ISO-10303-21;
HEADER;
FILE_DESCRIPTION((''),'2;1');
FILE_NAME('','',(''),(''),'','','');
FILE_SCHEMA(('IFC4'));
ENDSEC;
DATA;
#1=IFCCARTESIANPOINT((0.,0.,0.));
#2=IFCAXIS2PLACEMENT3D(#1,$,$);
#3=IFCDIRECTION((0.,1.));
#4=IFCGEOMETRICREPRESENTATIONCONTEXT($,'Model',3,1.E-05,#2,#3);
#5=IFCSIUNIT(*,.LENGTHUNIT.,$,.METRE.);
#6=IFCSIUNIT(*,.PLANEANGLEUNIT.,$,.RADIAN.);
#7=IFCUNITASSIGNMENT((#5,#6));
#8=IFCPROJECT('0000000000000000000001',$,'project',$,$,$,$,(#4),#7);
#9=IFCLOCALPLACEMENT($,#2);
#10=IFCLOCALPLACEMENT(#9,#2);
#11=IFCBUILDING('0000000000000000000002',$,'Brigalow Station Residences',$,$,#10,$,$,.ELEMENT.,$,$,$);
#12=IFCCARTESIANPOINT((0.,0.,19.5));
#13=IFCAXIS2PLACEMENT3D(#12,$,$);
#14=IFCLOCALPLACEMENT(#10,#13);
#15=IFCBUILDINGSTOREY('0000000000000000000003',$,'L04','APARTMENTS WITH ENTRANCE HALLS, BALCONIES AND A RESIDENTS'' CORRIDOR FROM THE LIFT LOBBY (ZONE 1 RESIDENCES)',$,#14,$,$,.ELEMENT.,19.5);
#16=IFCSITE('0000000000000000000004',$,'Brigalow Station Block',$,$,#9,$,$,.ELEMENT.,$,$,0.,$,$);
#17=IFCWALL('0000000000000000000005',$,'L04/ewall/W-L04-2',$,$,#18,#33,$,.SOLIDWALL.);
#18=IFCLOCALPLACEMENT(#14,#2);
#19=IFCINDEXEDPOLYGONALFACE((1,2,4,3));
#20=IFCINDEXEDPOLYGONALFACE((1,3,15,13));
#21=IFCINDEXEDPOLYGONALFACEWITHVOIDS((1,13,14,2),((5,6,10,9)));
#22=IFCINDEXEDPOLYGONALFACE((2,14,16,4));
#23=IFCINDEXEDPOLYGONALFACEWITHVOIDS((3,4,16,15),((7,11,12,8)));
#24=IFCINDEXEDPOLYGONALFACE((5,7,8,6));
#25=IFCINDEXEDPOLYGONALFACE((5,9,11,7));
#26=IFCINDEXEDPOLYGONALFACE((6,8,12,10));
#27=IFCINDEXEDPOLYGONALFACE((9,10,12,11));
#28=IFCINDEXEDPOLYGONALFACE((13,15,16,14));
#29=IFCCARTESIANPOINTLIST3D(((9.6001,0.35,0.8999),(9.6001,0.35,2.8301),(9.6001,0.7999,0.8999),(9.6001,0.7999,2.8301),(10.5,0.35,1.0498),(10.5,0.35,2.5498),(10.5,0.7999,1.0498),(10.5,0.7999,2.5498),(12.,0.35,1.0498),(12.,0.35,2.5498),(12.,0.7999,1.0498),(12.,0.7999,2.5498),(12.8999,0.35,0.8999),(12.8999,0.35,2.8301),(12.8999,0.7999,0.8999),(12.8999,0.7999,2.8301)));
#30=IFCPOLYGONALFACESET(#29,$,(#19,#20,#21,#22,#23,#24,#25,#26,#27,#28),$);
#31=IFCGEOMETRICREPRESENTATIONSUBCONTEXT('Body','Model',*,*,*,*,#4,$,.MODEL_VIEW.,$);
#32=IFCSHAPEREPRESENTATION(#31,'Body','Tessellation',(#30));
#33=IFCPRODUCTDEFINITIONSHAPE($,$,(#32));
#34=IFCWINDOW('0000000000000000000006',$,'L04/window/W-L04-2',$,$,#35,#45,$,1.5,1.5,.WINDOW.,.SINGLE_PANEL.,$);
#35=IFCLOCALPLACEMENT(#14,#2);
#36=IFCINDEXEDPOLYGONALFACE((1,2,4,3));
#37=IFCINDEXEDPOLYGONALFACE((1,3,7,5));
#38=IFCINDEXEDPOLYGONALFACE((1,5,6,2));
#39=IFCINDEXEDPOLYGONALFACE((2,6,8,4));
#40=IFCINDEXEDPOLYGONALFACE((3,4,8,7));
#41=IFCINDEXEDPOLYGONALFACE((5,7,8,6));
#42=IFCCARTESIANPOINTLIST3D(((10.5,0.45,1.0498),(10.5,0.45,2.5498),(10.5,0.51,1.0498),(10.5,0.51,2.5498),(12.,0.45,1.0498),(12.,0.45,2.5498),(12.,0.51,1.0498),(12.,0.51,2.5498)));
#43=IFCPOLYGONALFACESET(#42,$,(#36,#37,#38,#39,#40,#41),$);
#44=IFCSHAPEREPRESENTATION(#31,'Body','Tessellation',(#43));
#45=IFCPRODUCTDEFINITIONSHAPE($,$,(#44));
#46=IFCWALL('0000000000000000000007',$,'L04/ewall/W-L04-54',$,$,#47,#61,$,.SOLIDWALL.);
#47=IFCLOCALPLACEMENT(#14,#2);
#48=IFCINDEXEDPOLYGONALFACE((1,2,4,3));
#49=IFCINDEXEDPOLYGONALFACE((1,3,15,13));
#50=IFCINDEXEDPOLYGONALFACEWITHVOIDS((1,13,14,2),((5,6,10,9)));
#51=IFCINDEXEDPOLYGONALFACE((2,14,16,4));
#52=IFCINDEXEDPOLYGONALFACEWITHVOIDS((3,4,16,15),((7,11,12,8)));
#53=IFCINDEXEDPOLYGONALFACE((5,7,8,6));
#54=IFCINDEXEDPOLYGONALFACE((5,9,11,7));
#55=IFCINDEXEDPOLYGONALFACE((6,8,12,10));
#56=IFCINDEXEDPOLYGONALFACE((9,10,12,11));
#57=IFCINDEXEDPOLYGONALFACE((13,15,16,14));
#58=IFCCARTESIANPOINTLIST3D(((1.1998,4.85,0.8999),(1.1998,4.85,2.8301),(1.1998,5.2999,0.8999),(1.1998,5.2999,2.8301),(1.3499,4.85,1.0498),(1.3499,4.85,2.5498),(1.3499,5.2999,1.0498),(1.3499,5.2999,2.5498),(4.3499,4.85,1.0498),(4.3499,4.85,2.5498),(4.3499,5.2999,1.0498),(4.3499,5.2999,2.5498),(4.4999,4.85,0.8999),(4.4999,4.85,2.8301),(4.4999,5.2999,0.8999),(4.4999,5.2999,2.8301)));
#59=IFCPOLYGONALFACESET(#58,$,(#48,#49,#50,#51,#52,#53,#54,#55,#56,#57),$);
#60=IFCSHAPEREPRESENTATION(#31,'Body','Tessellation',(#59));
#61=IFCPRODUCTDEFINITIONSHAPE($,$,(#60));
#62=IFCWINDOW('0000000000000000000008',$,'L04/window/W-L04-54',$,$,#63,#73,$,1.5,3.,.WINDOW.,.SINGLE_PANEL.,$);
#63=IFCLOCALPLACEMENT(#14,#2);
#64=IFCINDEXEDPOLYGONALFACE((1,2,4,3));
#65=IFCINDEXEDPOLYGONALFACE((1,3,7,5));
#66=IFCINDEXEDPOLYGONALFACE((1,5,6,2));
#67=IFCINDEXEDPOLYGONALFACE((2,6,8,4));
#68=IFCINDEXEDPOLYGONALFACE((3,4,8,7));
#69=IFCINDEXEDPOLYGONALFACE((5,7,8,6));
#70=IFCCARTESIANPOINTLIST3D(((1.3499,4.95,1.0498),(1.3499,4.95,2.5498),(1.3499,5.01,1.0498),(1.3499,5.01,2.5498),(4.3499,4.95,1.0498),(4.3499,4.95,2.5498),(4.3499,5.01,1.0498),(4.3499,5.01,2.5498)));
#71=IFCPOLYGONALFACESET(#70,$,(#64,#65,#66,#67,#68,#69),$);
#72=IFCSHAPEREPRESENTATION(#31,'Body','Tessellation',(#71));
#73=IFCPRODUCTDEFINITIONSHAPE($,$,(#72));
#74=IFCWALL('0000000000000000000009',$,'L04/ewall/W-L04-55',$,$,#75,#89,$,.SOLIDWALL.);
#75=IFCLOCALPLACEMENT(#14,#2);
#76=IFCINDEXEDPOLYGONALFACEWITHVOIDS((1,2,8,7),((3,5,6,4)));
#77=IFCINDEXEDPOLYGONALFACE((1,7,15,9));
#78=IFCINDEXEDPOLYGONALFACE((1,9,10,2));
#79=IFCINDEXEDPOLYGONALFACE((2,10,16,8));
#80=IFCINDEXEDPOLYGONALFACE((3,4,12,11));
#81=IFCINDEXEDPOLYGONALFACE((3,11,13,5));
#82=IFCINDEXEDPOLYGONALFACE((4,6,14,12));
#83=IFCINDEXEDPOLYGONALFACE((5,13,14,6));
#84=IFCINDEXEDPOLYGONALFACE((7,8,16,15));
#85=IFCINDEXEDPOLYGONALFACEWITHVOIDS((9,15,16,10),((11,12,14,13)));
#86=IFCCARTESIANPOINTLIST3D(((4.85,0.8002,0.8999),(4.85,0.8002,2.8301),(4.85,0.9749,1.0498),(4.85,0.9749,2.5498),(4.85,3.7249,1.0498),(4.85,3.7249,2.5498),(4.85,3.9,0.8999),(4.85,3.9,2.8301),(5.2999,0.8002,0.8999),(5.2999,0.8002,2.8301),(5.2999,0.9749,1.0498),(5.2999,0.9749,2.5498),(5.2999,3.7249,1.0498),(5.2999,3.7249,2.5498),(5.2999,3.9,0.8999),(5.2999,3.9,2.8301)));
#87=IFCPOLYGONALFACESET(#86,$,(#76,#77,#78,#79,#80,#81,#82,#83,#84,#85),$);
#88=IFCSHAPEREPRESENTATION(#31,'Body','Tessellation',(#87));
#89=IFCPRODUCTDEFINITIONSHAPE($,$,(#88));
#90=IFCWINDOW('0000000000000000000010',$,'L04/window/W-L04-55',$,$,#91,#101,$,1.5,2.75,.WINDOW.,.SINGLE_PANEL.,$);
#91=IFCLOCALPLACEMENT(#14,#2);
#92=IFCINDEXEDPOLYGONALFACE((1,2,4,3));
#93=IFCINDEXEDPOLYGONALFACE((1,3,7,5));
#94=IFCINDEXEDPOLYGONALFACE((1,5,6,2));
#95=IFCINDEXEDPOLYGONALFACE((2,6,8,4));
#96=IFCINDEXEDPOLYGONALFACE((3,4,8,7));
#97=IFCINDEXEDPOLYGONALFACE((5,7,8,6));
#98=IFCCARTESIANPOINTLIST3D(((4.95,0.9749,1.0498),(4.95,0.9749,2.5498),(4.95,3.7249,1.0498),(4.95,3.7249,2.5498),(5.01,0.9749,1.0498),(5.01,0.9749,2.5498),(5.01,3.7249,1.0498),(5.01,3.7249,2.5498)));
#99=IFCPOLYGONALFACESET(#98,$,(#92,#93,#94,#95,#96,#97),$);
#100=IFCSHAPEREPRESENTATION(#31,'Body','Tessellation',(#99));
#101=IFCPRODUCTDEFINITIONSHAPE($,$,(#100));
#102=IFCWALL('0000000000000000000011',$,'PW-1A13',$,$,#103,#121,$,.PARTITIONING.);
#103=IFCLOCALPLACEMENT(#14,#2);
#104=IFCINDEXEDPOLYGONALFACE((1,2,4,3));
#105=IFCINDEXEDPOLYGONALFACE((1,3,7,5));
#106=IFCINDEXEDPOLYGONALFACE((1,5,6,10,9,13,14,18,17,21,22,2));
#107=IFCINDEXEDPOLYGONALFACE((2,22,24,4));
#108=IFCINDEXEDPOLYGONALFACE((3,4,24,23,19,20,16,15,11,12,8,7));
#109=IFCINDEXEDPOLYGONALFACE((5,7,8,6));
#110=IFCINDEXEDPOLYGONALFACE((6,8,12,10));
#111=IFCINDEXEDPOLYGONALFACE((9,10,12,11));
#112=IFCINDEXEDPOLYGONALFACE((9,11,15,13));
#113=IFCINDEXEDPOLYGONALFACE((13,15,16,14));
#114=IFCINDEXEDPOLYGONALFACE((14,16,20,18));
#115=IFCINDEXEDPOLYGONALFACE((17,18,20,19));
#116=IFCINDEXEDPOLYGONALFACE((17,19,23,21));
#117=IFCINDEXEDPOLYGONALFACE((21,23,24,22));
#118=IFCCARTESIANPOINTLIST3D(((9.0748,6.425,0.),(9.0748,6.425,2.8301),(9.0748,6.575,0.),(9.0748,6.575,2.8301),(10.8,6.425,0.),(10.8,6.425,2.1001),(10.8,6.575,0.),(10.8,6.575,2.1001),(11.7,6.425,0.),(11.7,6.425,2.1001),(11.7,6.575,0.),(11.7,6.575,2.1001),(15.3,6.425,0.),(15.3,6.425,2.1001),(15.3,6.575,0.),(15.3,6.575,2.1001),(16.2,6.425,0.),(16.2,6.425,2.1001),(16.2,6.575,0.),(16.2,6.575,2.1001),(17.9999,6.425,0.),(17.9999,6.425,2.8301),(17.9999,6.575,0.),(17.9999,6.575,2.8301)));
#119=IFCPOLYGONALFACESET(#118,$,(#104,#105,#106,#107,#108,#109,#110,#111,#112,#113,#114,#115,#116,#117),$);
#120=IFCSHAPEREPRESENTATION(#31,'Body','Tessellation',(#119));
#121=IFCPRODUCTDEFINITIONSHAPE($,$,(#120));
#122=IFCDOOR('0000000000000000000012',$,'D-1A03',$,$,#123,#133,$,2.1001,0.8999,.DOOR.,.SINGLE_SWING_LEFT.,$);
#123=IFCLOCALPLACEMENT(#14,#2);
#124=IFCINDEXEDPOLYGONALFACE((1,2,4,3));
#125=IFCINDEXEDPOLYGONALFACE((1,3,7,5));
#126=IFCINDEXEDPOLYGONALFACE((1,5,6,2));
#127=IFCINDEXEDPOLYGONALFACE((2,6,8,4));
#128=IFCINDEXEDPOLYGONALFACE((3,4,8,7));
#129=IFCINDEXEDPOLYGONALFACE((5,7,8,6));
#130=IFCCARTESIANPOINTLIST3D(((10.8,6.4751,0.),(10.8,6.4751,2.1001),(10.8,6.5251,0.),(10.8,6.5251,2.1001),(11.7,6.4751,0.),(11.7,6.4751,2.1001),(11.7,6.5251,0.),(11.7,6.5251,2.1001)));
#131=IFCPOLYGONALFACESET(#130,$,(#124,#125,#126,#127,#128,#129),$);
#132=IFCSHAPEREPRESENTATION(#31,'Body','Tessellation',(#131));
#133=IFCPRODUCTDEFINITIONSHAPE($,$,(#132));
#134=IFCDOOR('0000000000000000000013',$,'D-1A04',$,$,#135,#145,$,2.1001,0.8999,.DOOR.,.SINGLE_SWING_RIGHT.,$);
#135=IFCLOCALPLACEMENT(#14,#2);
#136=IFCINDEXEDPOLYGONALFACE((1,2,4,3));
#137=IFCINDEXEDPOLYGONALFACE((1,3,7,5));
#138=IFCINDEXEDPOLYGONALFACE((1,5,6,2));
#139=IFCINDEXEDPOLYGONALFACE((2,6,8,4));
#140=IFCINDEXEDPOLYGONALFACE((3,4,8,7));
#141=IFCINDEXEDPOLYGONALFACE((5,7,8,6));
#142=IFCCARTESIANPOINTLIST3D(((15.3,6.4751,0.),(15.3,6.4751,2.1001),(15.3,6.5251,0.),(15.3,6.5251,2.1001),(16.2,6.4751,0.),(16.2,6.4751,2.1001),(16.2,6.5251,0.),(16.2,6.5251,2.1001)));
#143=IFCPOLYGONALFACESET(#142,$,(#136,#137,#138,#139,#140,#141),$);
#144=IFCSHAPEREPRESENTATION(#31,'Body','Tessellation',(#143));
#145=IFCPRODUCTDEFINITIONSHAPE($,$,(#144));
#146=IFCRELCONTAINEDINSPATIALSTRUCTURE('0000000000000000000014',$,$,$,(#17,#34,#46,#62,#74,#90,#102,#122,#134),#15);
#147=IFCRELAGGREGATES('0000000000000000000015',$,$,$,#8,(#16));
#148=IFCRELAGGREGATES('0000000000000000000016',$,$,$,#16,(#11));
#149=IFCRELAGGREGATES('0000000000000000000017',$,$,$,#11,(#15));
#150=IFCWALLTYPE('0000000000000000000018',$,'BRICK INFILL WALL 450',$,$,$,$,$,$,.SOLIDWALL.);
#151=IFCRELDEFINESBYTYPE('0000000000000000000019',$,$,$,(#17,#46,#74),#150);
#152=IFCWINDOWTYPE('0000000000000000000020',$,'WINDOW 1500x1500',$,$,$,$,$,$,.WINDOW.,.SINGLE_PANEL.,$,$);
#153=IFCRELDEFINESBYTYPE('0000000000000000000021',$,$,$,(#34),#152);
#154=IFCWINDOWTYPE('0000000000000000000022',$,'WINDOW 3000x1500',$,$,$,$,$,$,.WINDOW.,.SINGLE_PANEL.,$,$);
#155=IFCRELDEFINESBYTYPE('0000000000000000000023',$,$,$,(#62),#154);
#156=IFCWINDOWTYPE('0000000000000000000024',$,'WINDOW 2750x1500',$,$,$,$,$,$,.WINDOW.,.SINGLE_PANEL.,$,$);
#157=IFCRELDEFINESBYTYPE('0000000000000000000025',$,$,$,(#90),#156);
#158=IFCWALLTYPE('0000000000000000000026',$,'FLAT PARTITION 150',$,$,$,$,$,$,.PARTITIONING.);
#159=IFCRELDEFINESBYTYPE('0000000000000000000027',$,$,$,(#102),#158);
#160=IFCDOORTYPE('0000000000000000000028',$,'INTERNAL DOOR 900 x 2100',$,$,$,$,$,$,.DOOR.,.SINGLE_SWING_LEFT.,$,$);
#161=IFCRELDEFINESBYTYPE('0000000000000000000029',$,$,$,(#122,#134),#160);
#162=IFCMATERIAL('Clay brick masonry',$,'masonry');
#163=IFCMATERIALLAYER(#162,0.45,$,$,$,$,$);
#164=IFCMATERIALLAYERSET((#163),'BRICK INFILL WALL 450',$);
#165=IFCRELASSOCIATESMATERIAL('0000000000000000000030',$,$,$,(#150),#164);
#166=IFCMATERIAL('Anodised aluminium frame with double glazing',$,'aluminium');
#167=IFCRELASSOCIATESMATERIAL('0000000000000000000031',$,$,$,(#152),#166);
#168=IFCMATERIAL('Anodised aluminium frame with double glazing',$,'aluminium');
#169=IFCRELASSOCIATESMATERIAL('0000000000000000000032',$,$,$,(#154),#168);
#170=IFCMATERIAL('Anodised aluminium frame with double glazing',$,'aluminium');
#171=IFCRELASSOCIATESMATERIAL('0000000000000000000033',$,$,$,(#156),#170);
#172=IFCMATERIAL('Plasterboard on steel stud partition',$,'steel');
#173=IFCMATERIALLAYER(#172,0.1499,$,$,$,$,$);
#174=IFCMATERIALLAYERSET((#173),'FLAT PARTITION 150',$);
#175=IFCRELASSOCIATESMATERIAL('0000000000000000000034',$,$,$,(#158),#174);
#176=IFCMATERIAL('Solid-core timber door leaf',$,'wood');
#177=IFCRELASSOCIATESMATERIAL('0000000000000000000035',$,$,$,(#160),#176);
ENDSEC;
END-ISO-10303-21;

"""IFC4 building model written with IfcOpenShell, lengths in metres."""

from ifc_helpers import new_model, si_unit, direction, frame, frame_2d, origin, place, context, subcontext, project, spatial, rectangle, extrude, material, layer, layer_set, type_object, element, fill, save


model = new_model("IFC4")

# Units and contexts
model_context = context("Model", 3, precision=1e-05, world=origin(), true_north=direction((0.0, 1.0)))
body_context = subcontext(model_context, "Body", "Model", "MODEL_VIEW")
ifc_project = project(units=[si_unit("LENGTHUNIT", "METRE"), si_unit("PLANEANGLEUNIT", "RADIAN")], contexts=[model_context])

# Site, building, storey
site_placement = place(None, origin())
site = spatial("IfcSite", under=ifc_project, at=site_placement, Name="Brigalow Station Block", CompositionType="ELEMENT", RefElevation=0.0)
building_placement = place(site_placement, origin())
building = spatial("IfcBuilding", under=site, at=building_placement, Name="Brigalow Station Residences", CompositionType="ELEMENT")
storey_placement = place(building_placement, frame((0.0, 0.0, 19.5)))
storey = spatial("IfcBuildingStorey", under=building, at=storey_placement, Name="L04", Description="APARTMENTS WITH ENTRANCE HALLS, BALCONIES AND A RESIDENTS' CORRIDOR FROM THE LIFT LOBBY (ZONE 1 RESIDENCES)", CompositionType="ELEMENT", Elevation=19.5)

# Walls, openings, windows
ifc_material_1 = material(Name="Clay brick masonry", Category="masonry")
ifc_layer_1 = layer(ifc_material_1, 0.45)
ifc_layer_set_1 = layer_set([ifc_layer_1], Name="BRICK INFILL WALL 450")
wall_type_1 = type_object("IfcWallType", Name="BRICK INFILL WALL 450", PredefinedType="SOLIDWALL", material=ifc_layer_set_1)
ifc_material_2 = material(Name="Anodised aluminium frame with double glazing", Category="aluminium")
window_type_1 = type_object("IfcWindowType", Name="WINDOW 1500x1500", PartitioningType="SINGLE_PANEL", PredefinedType="WINDOW", material=ifc_material_2)
wall_1_placement = place(storey_placement, frame((9.6001, 0.575, 0.8999), z_axis=(0.0, 0.0, 1.0), x_axis=(1.0, 0.0, 0.0)))
wall_1 = element("IfcWall", 1, at=wall_1_placement, inside=storey, type_object=wall_type_1, Name="L04/ewall/W-L04-2", PredefinedType="SOLIDWALL", context=body_context, shape_type="SweptSolid", body=[
    extrude(rectangle(XDim=3.2998, YDim=0.45, at=frame_2d((1.6499, 0.0))), origin(), (0.0, 0.0, 1.0), 1.9302),
])
opening_1_placement = place(wall_1_placement, frame((0.8999, 0.0, 0.1499)))
opening_1 = element("IfcOpeningElement", 2, at=opening_1_placement, cuts=wall_1, PredefinedType="OPENING", context=body_context, shape_type="SweptSolid", body=[
    extrude(rectangle(XDim=1.5, YDim=1.5, at=frame_2d((0.75, 0.75))), frame((0.0, 0.2349, 0.0), z_axis=(0.0, -1.0, 0.0), x_axis=(1.0, 0.0, 0.0)), (0.0, 0.0, 1.0), 0.47),
])
window_1_placement = place(opening_1_placement, origin())
window_1 = element("IfcWindow", 3, at=window_1_placement, inside=storey, type_object=window_type_1, Name="L04/window/W-L04-2", OverallHeight=1.5, OverallWidth=1.5, PartitioningType="SINGLE_PANEL", PredefinedType="WINDOW", context=body_context, shape_type="SweptSolid", body=[
    extrude(rectangle(XDim=1.5, YDim=1.5, at=frame_2d((0.75, 0.75))), frame((0.0, -0.0649, 0.0), z_axis=(0.0, -1.0, 0.0), x_axis=(1.0, 0.0, 0.0)), (0.0, 0.0, 1.0), 0.0601),
])
fill(opening_1, window_1)
wall_2_placement = place(storey_placement, frame((1.2, 5.075, 0.8999), z_axis=(0.0, 0.0, 1.0), x_axis=(1.0, 0.0, 0.0)))
wall_2 = element("IfcWall", 4, at=wall_2_placement, inside=storey, type_object=wall_type_1, Name="L04/ewall/W-L04-54", PredefinedType="SOLIDWALL", context=body_context, shape_type="SweptSolid", body=[
    extrude(rectangle(XDim=3.3, YDim=0.45, at=frame_2d((1.6499, 0.0))), origin(), (0.0, 0.0, 1.0), 1.9302),
])
opening_2_placement = place(wall_2_placement, frame((0.1499, 0.0, 0.1499)))
opening_2 = element("IfcOpeningElement", 5, at=opening_2_placement, cuts=wall_2, PredefinedType="OPENING", context=body_context, shape_type="SweptSolid", body=[
    extrude(rectangle(XDim=3.0, YDim=1.5, at=frame_2d((1.5, 0.75))), frame((0.0, 0.2349, 0.0), z_axis=(0.0, -1.0, 0.0), x_axis=(1.0, 0.0, 0.0)), (0.0, 0.0, 1.0), 0.47),
])
ifc_material_3 = material(Name="Anodised aluminium frame with double glazing", Category="aluminium")
window_type_2 = type_object("IfcWindowType", Name="WINDOW 3000x1500", PartitioningType="SINGLE_PANEL", PredefinedType="WINDOW", material=ifc_material_3)
window_2_placement = place(opening_2_placement, origin())
window_2 = element("IfcWindow", 6, at=window_2_placement, inside=storey, type_object=window_type_2, Name="L04/window/W-L04-54", OverallHeight=1.5, OverallWidth=3.0, PartitioningType="SINGLE_PANEL", PredefinedType="WINDOW", context=body_context, shape_type="SweptSolid", body=[
    extrude(rectangle(XDim=3.0, YDim=1.5, at=frame_2d((1.5, 0.75))), frame((0.0, -0.0649, 0.0), z_axis=(0.0, -1.0, 0.0), x_axis=(1.0, 0.0, 0.0)), (0.0, 0.0, 1.0), 0.0601),
])
fill(opening_2, window_2)
wall_3_placement = place(storey_placement, frame((5.075, 3.8999, 0.8999), z_axis=(0.0, 0.0, 1.0), x_axis=(0.0, -1.0, 0.0)))
wall_3 = element("IfcWall", 7, at=wall_3_placement, inside=storey, type_object=wall_type_1, Name="L04/ewall/W-L04-55", PredefinedType="SOLIDWALL", context=body_context, shape_type="SweptSolid", body=[
    extrude(rectangle(XDim=3.0999, YDim=0.45, at=frame_2d((1.5498, 0.0))), origin(), (0.0, 0.0, 1.0), 1.9302),
])
opening_3_placement = place(wall_3_placement, frame((0.175, 0.0, 0.1499)))
opening_3 = element("IfcOpeningElement", 8, at=opening_3_placement, cuts=wall_3, PredefinedType="OPENING", context=body_context, shape_type="SweptSolid", body=[
    extrude(rectangle(XDim=2.75, YDim=1.5, at=frame_2d((1.375, 0.75))), frame((0.0, 0.2349, 0.0), z_axis=(0.0, -1.0, 0.0), x_axis=(1.0, 0.0, 0.0)), (0.0, 0.0, 1.0), 0.47),
])
ifc_material_4 = material(Name="Anodised aluminium frame with double glazing", Category="aluminium")
window_type_3 = type_object("IfcWindowType", Name="WINDOW 2750x1500", PartitioningType="SINGLE_PANEL", PredefinedType="WINDOW", material=ifc_material_4)
window_3_placement = place(opening_3_placement, origin())
window_3 = element("IfcWindow", 9, at=window_3_placement, inside=storey, type_object=window_type_3, Name="L04/window/W-L04-55", OverallHeight=1.5, OverallWidth=2.75, PartitioningType="SINGLE_PANEL", PredefinedType="WINDOW", context=body_context, shape_type="SweptSolid", body=[
    extrude(rectangle(XDim=2.75, YDim=1.5, at=frame_2d((1.375, 0.75))), frame((0.0, -0.0649, 0.0), z_axis=(0.0, -1.0, 0.0), x_axis=(1.0, 0.0, 0.0)), (0.0, 0.0, 1.0), 0.0601),
])
fill(opening_3, window_3)

# Wall, openings, doors
ifc_material_5 = material(Name="Plasterboard on steel stud partition", Category="steel")
ifc_layer_2 = layer(ifc_material_5, 0.1499)
ifc_layer_set_2 = layer_set([ifc_layer_2], Name="FLAT PARTITION 150")
wall_type_2 = type_object("IfcWallType", Name="FLAT PARTITION 150", PredefinedType="PARTITIONING", material=ifc_layer_set_2)
wall_4_placement = place(storey_placement, frame((9.075, 6.5, 0.0), z_axis=(0.0, 0.0, 1.0), x_axis=(1.0, 0.0, 0.0)))
wall_4 = element("IfcWall", 10, at=wall_4_placement, inside=storey, type_object=wall_type_2, Name="PW-1A13", PredefinedType="PARTITIONING", context=body_context, shape_type="SweptSolid", body=[
    extrude(rectangle(XDim=8.925, YDim=0.1499, at=frame_2d((4.4624, 0.0))), origin(), (0.0, 0.0, 1.0), 2.8301),
])
opening_4_placement = place(wall_4_placement, frame((1.7251, 0.0, 0.0)))
opening_4 = element("IfcOpeningElement", 11, at=opening_4_placement, cuts=wall_4, PredefinedType="OPENING", context=body_context, shape_type="SweptSolid", body=[
    extrude(rectangle(XDim=0.8999, YDim=2.1001, at=frame_2d((0.45, 1.05))), frame((0.0, 0.085, 0.0), z_axis=(0.0, -1.0, 0.0), x_axis=(1.0, 0.0, 0.0)), (0.0, 0.0, 1.0), 0.1699),
])
opening_5_placement = place(wall_4_placement, frame((6.2251, 0.0, 0.0)))
opening_5 = element("IfcOpeningElement", 12, at=opening_5_placement, cuts=wall_4, PredefinedType="OPENING", context=body_context, shape_type="SweptSolid", body=[
    extrude(rectangle(XDim=0.8999, YDim=2.1001, at=frame_2d((0.45, 1.05))), frame((0.0, 0.085, 0.0), z_axis=(0.0, -1.0, 0.0), x_axis=(1.0, 0.0, 0.0)), (0.0, 0.0, 1.0), 0.1699),
])
ifc_material_6 = material(Name="Solid-core timber door leaf", Category="wood")
door_type = type_object("IfcDoorType", Name="INTERNAL DOOR 900 x 2100", OperationType="SINGLE_SWING_LEFT", PredefinedType="DOOR", material=ifc_material_6)
door_1_placement = place(opening_4_placement, frame((0.8999, 0.0, 0.0), z_axis=(0.0, 0.0, 1.0), x_axis=(-1.0, 0.0, 0.0)))
door_1 = element("IfcDoor", 13, at=door_1_placement, inside=storey, type_object=door_type, Name="D-1A03", OperationType="SINGLE_SWING_LEFT", OverallHeight=2.1001, OverallWidth=0.8999, PredefinedType="DOOR", context=body_context, shape_type="SweptSolid", body=[
    extrude(rectangle(XDim=0.8999, YDim=2.1001, at=frame_2d((0.45, 1.05))), frame((0.0, 0.0249, 0.0), z_axis=(0.0, -1.0, 0.0), x_axis=(1.0, 0.0, 0.0)), (0.0, 0.0, 1.0), 0.05),
])
fill(opening_4, door_1)
door_2_placement = place(opening_5_placement, frame((0.8999, 0.0, 0.0), z_axis=(0.0, 0.0, 1.0), x_axis=(-1.0, 0.0, 0.0)))
door_2 = element("IfcDoor", 14, at=door_2_placement, inside=storey, type_object=door_type, Name="D-1A04", OperationType="SINGLE_SWING_RIGHT", OverallHeight=2.1001, OverallWidth=0.8999, PredefinedType="DOOR", context=body_context, shape_type="SweptSolid", body=[
    extrude(rectangle(XDim=0.8999, YDim=2.1001, at=frame_2d((0.45, 1.05))), frame((0.0, 0.0249, 0.0), z_axis=(0.0, -1.0, 0.0), x_axis=(1.0, 0.0, 0.0)), (0.0, 0.0, 1.0), 0.05),
])
fill(opening_5, door_2)

save(model, "model.ifc")
